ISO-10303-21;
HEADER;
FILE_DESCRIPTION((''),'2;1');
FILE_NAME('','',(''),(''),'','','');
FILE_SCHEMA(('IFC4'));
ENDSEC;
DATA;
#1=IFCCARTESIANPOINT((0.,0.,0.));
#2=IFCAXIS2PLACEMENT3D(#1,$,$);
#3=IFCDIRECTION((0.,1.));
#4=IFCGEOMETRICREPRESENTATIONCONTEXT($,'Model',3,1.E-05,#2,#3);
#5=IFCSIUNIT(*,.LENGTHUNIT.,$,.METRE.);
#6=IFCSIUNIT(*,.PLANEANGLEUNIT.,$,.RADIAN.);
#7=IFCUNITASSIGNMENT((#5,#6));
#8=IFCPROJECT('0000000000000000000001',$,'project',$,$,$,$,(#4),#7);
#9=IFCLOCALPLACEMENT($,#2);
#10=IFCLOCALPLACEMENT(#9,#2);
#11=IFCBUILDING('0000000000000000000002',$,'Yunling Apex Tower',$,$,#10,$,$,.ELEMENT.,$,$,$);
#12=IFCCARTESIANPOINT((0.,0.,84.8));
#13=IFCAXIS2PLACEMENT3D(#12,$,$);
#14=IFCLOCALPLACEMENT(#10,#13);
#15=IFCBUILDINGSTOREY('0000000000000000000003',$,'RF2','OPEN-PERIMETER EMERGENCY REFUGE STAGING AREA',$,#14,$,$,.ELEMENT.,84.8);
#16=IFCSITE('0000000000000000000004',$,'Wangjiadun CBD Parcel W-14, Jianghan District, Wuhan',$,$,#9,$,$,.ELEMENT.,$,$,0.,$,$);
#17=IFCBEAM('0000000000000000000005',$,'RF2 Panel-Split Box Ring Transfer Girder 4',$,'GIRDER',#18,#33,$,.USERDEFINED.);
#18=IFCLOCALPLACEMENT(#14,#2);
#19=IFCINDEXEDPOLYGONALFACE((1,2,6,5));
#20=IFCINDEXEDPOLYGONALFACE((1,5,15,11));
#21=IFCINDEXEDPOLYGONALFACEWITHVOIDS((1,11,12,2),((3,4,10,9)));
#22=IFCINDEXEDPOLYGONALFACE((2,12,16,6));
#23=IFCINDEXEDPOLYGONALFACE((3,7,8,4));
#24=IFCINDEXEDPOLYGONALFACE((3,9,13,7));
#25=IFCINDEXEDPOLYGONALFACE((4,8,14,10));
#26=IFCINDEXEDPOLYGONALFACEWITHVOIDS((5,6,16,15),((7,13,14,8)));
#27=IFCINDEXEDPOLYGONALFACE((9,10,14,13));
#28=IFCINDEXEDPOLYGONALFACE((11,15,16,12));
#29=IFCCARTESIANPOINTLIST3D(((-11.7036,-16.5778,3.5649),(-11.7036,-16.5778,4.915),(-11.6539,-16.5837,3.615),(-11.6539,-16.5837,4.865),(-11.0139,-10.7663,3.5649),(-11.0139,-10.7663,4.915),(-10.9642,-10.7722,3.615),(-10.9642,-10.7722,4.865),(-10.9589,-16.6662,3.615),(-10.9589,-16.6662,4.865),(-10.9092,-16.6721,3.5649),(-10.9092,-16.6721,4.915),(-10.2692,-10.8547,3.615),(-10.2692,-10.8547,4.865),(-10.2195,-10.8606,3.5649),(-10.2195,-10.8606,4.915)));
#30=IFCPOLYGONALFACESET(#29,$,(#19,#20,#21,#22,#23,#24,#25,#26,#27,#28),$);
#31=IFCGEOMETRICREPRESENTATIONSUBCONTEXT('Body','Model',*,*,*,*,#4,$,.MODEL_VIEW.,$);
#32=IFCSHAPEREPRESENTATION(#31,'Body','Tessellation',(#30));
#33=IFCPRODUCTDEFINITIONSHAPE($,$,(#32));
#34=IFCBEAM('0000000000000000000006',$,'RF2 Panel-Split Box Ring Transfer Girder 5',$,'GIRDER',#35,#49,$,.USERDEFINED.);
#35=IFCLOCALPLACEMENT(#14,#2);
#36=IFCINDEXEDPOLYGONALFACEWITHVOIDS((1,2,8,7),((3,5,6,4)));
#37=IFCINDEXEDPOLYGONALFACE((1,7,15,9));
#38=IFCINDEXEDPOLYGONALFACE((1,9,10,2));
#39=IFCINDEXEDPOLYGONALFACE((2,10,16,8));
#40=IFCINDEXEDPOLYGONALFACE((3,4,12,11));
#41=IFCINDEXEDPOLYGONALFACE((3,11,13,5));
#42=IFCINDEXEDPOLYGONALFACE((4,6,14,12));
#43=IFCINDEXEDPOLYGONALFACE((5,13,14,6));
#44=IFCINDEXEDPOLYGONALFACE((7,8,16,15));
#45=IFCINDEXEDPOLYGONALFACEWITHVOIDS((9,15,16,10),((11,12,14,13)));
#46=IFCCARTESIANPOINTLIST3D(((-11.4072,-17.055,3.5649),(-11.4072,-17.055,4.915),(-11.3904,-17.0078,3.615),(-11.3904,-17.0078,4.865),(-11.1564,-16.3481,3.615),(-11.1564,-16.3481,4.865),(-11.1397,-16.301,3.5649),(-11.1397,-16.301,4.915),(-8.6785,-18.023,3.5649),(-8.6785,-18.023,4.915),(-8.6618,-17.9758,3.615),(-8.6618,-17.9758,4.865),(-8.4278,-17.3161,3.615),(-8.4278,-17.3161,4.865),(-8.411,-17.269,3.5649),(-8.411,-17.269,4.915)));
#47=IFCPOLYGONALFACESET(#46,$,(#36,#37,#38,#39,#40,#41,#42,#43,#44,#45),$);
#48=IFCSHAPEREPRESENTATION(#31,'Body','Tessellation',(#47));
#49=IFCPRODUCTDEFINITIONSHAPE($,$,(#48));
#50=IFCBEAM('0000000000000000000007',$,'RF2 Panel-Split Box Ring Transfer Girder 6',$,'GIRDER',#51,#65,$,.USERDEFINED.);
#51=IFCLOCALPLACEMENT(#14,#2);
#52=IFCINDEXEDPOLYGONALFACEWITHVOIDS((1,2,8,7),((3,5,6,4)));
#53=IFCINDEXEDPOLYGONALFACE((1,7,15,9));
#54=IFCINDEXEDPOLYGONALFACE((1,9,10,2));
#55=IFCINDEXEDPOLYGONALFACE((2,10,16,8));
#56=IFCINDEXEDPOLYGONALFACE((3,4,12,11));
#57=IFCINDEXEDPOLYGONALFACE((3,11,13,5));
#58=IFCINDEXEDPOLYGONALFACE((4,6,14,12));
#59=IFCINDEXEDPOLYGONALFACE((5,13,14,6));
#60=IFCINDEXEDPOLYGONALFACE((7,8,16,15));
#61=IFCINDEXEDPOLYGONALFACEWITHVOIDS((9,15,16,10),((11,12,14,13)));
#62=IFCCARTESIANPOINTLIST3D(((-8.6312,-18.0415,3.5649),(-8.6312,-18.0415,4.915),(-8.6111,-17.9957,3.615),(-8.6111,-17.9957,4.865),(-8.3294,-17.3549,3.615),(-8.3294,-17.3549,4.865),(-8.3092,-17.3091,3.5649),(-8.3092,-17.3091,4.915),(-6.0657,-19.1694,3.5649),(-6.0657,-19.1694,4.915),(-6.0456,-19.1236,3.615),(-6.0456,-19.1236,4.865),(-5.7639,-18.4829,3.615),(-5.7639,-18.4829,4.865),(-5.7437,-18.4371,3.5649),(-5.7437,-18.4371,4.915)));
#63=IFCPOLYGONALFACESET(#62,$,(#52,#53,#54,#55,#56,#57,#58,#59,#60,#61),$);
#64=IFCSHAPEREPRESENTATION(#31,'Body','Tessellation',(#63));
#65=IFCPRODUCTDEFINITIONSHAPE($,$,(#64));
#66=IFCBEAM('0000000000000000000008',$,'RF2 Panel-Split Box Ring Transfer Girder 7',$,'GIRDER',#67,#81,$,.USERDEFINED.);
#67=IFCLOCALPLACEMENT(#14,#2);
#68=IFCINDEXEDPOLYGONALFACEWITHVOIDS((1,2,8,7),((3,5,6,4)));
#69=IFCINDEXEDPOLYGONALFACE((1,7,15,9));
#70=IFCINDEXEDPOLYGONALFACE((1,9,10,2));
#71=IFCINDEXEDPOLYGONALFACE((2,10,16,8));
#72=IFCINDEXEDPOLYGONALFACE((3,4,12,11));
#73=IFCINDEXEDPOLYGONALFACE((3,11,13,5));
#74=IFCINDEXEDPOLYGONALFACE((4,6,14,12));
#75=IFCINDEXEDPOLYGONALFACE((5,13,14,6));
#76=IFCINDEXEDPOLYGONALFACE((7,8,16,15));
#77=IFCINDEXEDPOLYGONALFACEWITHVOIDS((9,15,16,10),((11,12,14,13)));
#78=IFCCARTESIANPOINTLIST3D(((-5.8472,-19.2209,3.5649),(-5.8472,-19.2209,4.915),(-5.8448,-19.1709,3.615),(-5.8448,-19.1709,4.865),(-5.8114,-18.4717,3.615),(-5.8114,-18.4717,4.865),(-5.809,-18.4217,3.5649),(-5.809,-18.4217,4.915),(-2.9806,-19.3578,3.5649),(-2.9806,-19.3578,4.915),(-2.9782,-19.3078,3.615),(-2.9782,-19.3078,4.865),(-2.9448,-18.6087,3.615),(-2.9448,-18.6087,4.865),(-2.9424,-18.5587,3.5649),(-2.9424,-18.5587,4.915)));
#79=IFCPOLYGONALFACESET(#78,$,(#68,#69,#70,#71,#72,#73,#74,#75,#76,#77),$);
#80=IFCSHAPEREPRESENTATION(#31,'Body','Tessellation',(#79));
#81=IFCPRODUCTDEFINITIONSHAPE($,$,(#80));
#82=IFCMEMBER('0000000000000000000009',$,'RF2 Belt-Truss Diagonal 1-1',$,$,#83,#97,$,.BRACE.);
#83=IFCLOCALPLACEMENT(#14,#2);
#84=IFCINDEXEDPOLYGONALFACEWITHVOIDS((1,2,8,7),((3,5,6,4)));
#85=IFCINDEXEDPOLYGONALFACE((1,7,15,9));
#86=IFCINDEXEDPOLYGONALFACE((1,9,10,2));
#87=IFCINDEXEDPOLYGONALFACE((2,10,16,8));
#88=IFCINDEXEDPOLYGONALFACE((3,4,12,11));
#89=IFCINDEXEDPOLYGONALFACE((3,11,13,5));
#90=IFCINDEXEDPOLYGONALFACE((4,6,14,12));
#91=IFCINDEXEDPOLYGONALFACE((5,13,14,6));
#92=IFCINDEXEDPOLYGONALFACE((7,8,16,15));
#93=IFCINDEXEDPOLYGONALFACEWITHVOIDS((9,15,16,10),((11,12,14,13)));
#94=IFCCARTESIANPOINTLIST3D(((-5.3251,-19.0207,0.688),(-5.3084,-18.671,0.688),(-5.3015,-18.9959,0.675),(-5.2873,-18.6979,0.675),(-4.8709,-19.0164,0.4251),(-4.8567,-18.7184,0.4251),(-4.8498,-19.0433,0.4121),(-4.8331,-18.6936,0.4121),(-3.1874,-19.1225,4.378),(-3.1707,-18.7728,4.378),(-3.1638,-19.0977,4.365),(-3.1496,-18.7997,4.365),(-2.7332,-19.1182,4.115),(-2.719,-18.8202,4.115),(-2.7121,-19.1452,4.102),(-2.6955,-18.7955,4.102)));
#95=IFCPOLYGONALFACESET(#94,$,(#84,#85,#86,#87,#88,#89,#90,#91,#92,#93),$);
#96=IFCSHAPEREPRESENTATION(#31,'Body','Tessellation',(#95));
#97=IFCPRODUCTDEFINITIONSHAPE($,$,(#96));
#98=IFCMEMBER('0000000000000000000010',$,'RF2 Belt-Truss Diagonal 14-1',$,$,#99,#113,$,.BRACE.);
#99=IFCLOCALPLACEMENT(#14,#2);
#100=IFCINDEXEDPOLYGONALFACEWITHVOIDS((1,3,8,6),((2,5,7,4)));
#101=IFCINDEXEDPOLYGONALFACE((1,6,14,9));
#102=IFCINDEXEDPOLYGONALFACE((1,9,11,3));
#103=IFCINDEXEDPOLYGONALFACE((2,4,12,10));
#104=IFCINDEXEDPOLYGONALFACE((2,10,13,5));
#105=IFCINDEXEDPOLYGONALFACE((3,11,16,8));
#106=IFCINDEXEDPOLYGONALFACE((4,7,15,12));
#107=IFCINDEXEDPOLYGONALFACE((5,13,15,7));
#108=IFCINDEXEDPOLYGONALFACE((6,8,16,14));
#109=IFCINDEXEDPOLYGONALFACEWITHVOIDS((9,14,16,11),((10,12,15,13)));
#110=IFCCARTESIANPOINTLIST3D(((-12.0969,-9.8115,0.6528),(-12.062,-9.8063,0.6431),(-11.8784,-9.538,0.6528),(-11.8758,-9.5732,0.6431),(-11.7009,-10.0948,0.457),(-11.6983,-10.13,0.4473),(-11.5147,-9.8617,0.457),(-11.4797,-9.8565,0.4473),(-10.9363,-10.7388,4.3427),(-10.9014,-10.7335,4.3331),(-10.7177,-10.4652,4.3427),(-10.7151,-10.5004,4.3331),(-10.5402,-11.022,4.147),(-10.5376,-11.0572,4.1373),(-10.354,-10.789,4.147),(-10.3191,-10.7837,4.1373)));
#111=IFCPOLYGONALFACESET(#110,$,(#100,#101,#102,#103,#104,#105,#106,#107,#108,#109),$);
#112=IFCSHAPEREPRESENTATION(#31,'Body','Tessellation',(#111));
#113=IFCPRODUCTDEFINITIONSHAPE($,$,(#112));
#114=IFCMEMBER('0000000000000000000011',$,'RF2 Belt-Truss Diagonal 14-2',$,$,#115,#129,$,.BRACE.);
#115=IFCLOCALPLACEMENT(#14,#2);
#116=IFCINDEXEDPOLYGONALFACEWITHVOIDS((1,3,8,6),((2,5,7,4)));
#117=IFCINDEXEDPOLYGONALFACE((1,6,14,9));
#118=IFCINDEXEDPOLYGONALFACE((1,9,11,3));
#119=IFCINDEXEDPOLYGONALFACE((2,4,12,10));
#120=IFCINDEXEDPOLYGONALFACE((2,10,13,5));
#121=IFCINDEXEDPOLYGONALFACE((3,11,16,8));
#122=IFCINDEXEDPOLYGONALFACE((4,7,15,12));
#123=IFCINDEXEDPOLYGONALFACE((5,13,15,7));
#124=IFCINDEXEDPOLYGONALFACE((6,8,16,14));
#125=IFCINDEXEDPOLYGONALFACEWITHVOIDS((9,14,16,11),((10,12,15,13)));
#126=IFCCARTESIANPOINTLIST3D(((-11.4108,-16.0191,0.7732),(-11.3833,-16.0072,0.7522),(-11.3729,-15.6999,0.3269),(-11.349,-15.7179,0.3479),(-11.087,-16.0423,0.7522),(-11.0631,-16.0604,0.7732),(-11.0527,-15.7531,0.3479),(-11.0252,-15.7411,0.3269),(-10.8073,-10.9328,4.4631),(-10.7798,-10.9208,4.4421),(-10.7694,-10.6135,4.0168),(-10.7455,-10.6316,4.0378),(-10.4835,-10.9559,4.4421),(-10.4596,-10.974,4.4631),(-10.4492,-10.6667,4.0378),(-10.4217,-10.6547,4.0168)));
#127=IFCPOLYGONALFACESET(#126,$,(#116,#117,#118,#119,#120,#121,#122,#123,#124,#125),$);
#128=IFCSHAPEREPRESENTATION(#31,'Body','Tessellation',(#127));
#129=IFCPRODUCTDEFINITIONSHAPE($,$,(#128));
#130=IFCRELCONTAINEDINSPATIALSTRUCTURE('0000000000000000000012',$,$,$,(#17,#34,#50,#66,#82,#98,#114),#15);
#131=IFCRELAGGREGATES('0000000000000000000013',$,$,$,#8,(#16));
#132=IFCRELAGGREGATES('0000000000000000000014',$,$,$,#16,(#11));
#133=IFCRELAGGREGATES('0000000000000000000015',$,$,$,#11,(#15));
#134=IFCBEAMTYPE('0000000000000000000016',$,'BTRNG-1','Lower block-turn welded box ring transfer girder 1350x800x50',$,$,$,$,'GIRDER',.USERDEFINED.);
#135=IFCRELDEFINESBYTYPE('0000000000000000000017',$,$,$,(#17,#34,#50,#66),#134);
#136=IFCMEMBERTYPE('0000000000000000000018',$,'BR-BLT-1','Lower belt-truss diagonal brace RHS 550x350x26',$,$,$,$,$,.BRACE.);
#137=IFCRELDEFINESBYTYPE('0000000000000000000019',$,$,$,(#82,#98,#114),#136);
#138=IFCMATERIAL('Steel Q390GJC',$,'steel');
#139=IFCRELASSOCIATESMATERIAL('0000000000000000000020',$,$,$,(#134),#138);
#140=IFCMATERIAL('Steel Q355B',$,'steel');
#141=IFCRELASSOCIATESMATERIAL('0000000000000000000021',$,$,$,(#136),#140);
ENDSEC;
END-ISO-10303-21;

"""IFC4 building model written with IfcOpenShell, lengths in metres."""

from ifc_helpers import new_model, si_unit, direction, frame, origin, origin_2d, place, context, subcontext, project, spatial, hollow_rectangle, extrude, source, transform, mapped, material, material_profile, profile_set, type_object, element, save


model = new_model("IFC4")

# Units and contexts
model_context = context("Model", 3, precision=1e-05, world=origin(), true_north=direction((0.0, 1.0)))
body_context = subcontext(model_context, "Body", "Model", "MODEL_VIEW")
ifc_project = project(units=[si_unit("LENGTHUNIT", "METRE"), si_unit("PLANEANGLEUNIT", "RADIAN")], contexts=[model_context])

# Site, building, storey
site_placement = place(None, origin())
site = spatial("IfcSite", under=ifc_project, at=site_placement, Name="Wangjiadun CBD Parcel W-14, Jianghan District, Wuhan", CompositionType="ELEMENT", RefElevation=0.0)
building_placement = place(site_placement, origin())
building = spatial("IfcBuilding", under=site, at=building_placement, Name="Yunling Apex Tower", CompositionType="ELEMENT")
storey_placement = place(building_placement, frame((0.0, 0.0, 84.8)))
storey = spatial("IfcBuildingStorey", under=building, at=storey_placement, Name="RF2", Description="OPEN-PERIMETER EMERGENCY REFUGE STAGING AREA", CompositionType="ELEMENT", Elevation=84.8)

# Shared definitions
ifc_material_1 = material(Name="Steel Q390GJC", Category="steel")

# Beams
ifc_material_profile_1 = material_profile(ifc_material_1, hollow_rectangle(XDim=0.8, YDim=1.3501, WallThickness=0.05, at=origin_2d()))
ifc_profile_set_1 = profile_set([ifc_material_profile_1], Name="Steel Q390GJC")
beam_type = type_object("IfcBeamType", Name="BTRNG-1", Description="Lower block-turn welded box ring transfer girder 1350x800x50", ElementType="GIRDER", PredefinedType="USERDEFINED", material=ifc_profile_set_1)
shared_shape_1 = source(origin(), body_context, "Body", "SweptSolid", [
    extrude(hollow_rectangle(XDim=0.8, YDim=1.3501, WallThickness=0.05, at=origin_2d()), origin(), (0.0, 0.0, 1.0), 5.8523),
])
beam_1_placement = place(storey_placement, frame((-10.6167, -10.8135, 4.24), z_axis=(-0.117851, -0.993031, 0.0), x_axis=(0.993031, -0.117851, 0.0)))
element("IfcBeam", 1, at=beam_1_placement, inside=storey, type_object=beam_type, Name="RF2 Panel-Split Box Ring Transfer Girder 4", ObjectType="GIRDER", PredefinedType="USERDEFINED", context=body_context, shape_type="MappedRepresentation", body=[
    mapped(shared_shape_1, transform((0.0, 0.0, 0.0), scale=1.0)),
])
shared_shape_2 = source(origin(), body_context, "Body", "SweptSolid", [
    extrude(hollow_rectangle(XDim=0.8, YDim=1.3501, WallThickness=0.05, at=origin_2d()), origin(), (0.0, 0.0, 1.0), 2.8953),
])
beam_2_placement = place(storey_placement, frame((-11.2734, -16.678, 4.24), z_axis=(0.942455, -0.334333, 0.0), x_axis=(0.334333, 0.942455, 0.0)))
element("IfcBeam", 2, at=beam_2_placement, inside=storey, type_object=beam_type, Name="RF2 Panel-Split Box Ring Transfer Girder 5", ObjectType="GIRDER", PredefinedType="USERDEFINED", context=body_context, shape_type="MappedRepresentation", body=[
    mapped(shared_shape_2, transform((0.0, 0.0, 0.0), scale=1.0)),
])
shared_shape_3 = source(origin(), body_context, "Body", "SweptSolid", [
    extrude(hollow_rectangle(XDim=0.8, YDim=1.3501, WallThickness=0.05, at=origin_2d()), origin(), (0.0, 0.0, 1.0), 2.8025),
])
beam_3_placement = place(storey_placement, frame((-8.4702, -17.6753, 4.24), z_axis=(0.915428, -0.402482, 0.0), x_axis=(0.402482, 0.915428, 0.0)))
element("IfcBeam", 3, at=beam_3_placement, inside=storey, type_object=beam_type, Name="RF2 Panel-Split Box Ring Transfer Girder 6", ObjectType="GIRDER", PredefinedType="USERDEFINED", context=body_context, shape_type="MappedRepresentation", body=[
    mapped(shared_shape_3, transform((0.0, 0.0, 0.0), scale=1.0)),
])
shared_shape_4 = source(origin(), body_context, "Body", "SweptSolid", [
    extrude(hollow_rectangle(XDim=0.8, YDim=1.3501, WallThickness=0.05, at=origin_2d()), origin(), (0.0, 0.0, 1.0), 2.8699),
])
beam_4_placement = place(storey_placement, frame((-5.8281, -18.8213, 4.24), z_axis=(0.998861, -0.047723, 0.0), x_axis=(0.047723, 0.998861, 0.0)))
element("IfcBeam", 4, at=beam_4_placement, inside=storey, type_object=beam_type, Name="RF2 Panel-Split Box Ring Transfer Girder 7", ObjectType="GIRDER", PredefinedType="USERDEFINED", context=body_context, shape_type="MappedRepresentation", body=[
    mapped(shared_shape_4, transform((0.0, 0.0, 0.0), scale=1.0)),
])

# Members
ifc_material_2 = material(Name="Steel Q355B", Category="steel")
ifc_material_profile_2 = material_profile(ifc_material_2, hollow_rectangle(XDim=0.3501, YDim=0.55, WallThickness=0.0259, at=origin_2d()))
ifc_profile_set_2 = profile_set([ifc_material_profile_2], Name="Steel Q355B")
member_type_1 = type_object("IfcMemberType", Name="BR-BLT-1", Description="Lower belt-truss diagonal brace RHS 550x350x26", PredefinedType="BRACE", material=ifc_profile_set_2)
shared_shape_5 = source(origin(), body_context, "Body", "SweptSolid", [
    extrude(hollow_rectangle(XDim=0.3501, YDim=0.55, WallThickness=0.0259, at=origin_2d()), origin(), (0.0, 0.0, 1.0), 4.2656),
])
member_1_placement = place(storey_placement, frame((-5.0791, -18.8572, 0.55), z_axis=(0.501142, -0.023867, 0.865036), x_axis=(0.047571, 0.998868, 0.0)))
element("IfcMember", 5, at=member_1_placement, inside=storey, type_object=member_type_1, Name="RF2 Belt-Truss Diagonal 1-1", PredefinedType="BRACE", context=body_context, shape_type="MappedRepresentation", body=[
    mapped(shared_shape_5, transform((0.0, 0.0, 0.0), scale=1.0)),
])
shared_shape_6 = source(origin(), body_context, "Body", "SweptSolid", [
    extrude(hollow_rectangle(XDim=0.3501, YDim=0.55, WallThickness=0.0259, at=origin_2d()), origin(), (0.0, 0.0, 1.0), 3.9778),
])
member_2_placement = place(storey_placement, frame((-11.7883, -9.834, 0.55), z_axis=(0.291784, -0.233108, 0.927644), x_axis=(0.624174, 0.781286, 0.0)))
element("IfcMember", 6, at=member_2_placement, inside=storey, type_object=member_type_1, Name="RF2 Belt-Truss Diagonal 14-1", PredefinedType="BRACE", context=body_context, shape_type="MappedRepresentation", body=[
    mapped(shared_shape_6, transform((0.0, 0.0, 0.0), scale=1.0)),
])
shared_shape_7 = source(origin(), body_context, "Body", "SweptSolid", [
    extrude(hollow_rectangle(XDim=0.3501, YDim=0.55, WallThickness=0.0259, at=origin_2d()), origin(), (0.0, 0.0, 1.0), 6.3127),
])
member_3_placement = place(storey_placement, frame((-11.218, -15.8801, 0.55), z_axis=(0.095602, 0.80573, 0.584516), x_axis=(-0.993034, 0.117826, 0.0)))
element("IfcMember", 7, at=member_3_placement, inside=storey, type_object=member_type_1, Name="RF2 Belt-Truss Diagonal 14-2", PredefinedType="BRACE", context=body_context, shape_type="MappedRepresentation", body=[
    mapped(shared_shape_7, transform((0.0, 0.0, 0.0), scale=1.0)),
])

save(model, "model.ifc")
